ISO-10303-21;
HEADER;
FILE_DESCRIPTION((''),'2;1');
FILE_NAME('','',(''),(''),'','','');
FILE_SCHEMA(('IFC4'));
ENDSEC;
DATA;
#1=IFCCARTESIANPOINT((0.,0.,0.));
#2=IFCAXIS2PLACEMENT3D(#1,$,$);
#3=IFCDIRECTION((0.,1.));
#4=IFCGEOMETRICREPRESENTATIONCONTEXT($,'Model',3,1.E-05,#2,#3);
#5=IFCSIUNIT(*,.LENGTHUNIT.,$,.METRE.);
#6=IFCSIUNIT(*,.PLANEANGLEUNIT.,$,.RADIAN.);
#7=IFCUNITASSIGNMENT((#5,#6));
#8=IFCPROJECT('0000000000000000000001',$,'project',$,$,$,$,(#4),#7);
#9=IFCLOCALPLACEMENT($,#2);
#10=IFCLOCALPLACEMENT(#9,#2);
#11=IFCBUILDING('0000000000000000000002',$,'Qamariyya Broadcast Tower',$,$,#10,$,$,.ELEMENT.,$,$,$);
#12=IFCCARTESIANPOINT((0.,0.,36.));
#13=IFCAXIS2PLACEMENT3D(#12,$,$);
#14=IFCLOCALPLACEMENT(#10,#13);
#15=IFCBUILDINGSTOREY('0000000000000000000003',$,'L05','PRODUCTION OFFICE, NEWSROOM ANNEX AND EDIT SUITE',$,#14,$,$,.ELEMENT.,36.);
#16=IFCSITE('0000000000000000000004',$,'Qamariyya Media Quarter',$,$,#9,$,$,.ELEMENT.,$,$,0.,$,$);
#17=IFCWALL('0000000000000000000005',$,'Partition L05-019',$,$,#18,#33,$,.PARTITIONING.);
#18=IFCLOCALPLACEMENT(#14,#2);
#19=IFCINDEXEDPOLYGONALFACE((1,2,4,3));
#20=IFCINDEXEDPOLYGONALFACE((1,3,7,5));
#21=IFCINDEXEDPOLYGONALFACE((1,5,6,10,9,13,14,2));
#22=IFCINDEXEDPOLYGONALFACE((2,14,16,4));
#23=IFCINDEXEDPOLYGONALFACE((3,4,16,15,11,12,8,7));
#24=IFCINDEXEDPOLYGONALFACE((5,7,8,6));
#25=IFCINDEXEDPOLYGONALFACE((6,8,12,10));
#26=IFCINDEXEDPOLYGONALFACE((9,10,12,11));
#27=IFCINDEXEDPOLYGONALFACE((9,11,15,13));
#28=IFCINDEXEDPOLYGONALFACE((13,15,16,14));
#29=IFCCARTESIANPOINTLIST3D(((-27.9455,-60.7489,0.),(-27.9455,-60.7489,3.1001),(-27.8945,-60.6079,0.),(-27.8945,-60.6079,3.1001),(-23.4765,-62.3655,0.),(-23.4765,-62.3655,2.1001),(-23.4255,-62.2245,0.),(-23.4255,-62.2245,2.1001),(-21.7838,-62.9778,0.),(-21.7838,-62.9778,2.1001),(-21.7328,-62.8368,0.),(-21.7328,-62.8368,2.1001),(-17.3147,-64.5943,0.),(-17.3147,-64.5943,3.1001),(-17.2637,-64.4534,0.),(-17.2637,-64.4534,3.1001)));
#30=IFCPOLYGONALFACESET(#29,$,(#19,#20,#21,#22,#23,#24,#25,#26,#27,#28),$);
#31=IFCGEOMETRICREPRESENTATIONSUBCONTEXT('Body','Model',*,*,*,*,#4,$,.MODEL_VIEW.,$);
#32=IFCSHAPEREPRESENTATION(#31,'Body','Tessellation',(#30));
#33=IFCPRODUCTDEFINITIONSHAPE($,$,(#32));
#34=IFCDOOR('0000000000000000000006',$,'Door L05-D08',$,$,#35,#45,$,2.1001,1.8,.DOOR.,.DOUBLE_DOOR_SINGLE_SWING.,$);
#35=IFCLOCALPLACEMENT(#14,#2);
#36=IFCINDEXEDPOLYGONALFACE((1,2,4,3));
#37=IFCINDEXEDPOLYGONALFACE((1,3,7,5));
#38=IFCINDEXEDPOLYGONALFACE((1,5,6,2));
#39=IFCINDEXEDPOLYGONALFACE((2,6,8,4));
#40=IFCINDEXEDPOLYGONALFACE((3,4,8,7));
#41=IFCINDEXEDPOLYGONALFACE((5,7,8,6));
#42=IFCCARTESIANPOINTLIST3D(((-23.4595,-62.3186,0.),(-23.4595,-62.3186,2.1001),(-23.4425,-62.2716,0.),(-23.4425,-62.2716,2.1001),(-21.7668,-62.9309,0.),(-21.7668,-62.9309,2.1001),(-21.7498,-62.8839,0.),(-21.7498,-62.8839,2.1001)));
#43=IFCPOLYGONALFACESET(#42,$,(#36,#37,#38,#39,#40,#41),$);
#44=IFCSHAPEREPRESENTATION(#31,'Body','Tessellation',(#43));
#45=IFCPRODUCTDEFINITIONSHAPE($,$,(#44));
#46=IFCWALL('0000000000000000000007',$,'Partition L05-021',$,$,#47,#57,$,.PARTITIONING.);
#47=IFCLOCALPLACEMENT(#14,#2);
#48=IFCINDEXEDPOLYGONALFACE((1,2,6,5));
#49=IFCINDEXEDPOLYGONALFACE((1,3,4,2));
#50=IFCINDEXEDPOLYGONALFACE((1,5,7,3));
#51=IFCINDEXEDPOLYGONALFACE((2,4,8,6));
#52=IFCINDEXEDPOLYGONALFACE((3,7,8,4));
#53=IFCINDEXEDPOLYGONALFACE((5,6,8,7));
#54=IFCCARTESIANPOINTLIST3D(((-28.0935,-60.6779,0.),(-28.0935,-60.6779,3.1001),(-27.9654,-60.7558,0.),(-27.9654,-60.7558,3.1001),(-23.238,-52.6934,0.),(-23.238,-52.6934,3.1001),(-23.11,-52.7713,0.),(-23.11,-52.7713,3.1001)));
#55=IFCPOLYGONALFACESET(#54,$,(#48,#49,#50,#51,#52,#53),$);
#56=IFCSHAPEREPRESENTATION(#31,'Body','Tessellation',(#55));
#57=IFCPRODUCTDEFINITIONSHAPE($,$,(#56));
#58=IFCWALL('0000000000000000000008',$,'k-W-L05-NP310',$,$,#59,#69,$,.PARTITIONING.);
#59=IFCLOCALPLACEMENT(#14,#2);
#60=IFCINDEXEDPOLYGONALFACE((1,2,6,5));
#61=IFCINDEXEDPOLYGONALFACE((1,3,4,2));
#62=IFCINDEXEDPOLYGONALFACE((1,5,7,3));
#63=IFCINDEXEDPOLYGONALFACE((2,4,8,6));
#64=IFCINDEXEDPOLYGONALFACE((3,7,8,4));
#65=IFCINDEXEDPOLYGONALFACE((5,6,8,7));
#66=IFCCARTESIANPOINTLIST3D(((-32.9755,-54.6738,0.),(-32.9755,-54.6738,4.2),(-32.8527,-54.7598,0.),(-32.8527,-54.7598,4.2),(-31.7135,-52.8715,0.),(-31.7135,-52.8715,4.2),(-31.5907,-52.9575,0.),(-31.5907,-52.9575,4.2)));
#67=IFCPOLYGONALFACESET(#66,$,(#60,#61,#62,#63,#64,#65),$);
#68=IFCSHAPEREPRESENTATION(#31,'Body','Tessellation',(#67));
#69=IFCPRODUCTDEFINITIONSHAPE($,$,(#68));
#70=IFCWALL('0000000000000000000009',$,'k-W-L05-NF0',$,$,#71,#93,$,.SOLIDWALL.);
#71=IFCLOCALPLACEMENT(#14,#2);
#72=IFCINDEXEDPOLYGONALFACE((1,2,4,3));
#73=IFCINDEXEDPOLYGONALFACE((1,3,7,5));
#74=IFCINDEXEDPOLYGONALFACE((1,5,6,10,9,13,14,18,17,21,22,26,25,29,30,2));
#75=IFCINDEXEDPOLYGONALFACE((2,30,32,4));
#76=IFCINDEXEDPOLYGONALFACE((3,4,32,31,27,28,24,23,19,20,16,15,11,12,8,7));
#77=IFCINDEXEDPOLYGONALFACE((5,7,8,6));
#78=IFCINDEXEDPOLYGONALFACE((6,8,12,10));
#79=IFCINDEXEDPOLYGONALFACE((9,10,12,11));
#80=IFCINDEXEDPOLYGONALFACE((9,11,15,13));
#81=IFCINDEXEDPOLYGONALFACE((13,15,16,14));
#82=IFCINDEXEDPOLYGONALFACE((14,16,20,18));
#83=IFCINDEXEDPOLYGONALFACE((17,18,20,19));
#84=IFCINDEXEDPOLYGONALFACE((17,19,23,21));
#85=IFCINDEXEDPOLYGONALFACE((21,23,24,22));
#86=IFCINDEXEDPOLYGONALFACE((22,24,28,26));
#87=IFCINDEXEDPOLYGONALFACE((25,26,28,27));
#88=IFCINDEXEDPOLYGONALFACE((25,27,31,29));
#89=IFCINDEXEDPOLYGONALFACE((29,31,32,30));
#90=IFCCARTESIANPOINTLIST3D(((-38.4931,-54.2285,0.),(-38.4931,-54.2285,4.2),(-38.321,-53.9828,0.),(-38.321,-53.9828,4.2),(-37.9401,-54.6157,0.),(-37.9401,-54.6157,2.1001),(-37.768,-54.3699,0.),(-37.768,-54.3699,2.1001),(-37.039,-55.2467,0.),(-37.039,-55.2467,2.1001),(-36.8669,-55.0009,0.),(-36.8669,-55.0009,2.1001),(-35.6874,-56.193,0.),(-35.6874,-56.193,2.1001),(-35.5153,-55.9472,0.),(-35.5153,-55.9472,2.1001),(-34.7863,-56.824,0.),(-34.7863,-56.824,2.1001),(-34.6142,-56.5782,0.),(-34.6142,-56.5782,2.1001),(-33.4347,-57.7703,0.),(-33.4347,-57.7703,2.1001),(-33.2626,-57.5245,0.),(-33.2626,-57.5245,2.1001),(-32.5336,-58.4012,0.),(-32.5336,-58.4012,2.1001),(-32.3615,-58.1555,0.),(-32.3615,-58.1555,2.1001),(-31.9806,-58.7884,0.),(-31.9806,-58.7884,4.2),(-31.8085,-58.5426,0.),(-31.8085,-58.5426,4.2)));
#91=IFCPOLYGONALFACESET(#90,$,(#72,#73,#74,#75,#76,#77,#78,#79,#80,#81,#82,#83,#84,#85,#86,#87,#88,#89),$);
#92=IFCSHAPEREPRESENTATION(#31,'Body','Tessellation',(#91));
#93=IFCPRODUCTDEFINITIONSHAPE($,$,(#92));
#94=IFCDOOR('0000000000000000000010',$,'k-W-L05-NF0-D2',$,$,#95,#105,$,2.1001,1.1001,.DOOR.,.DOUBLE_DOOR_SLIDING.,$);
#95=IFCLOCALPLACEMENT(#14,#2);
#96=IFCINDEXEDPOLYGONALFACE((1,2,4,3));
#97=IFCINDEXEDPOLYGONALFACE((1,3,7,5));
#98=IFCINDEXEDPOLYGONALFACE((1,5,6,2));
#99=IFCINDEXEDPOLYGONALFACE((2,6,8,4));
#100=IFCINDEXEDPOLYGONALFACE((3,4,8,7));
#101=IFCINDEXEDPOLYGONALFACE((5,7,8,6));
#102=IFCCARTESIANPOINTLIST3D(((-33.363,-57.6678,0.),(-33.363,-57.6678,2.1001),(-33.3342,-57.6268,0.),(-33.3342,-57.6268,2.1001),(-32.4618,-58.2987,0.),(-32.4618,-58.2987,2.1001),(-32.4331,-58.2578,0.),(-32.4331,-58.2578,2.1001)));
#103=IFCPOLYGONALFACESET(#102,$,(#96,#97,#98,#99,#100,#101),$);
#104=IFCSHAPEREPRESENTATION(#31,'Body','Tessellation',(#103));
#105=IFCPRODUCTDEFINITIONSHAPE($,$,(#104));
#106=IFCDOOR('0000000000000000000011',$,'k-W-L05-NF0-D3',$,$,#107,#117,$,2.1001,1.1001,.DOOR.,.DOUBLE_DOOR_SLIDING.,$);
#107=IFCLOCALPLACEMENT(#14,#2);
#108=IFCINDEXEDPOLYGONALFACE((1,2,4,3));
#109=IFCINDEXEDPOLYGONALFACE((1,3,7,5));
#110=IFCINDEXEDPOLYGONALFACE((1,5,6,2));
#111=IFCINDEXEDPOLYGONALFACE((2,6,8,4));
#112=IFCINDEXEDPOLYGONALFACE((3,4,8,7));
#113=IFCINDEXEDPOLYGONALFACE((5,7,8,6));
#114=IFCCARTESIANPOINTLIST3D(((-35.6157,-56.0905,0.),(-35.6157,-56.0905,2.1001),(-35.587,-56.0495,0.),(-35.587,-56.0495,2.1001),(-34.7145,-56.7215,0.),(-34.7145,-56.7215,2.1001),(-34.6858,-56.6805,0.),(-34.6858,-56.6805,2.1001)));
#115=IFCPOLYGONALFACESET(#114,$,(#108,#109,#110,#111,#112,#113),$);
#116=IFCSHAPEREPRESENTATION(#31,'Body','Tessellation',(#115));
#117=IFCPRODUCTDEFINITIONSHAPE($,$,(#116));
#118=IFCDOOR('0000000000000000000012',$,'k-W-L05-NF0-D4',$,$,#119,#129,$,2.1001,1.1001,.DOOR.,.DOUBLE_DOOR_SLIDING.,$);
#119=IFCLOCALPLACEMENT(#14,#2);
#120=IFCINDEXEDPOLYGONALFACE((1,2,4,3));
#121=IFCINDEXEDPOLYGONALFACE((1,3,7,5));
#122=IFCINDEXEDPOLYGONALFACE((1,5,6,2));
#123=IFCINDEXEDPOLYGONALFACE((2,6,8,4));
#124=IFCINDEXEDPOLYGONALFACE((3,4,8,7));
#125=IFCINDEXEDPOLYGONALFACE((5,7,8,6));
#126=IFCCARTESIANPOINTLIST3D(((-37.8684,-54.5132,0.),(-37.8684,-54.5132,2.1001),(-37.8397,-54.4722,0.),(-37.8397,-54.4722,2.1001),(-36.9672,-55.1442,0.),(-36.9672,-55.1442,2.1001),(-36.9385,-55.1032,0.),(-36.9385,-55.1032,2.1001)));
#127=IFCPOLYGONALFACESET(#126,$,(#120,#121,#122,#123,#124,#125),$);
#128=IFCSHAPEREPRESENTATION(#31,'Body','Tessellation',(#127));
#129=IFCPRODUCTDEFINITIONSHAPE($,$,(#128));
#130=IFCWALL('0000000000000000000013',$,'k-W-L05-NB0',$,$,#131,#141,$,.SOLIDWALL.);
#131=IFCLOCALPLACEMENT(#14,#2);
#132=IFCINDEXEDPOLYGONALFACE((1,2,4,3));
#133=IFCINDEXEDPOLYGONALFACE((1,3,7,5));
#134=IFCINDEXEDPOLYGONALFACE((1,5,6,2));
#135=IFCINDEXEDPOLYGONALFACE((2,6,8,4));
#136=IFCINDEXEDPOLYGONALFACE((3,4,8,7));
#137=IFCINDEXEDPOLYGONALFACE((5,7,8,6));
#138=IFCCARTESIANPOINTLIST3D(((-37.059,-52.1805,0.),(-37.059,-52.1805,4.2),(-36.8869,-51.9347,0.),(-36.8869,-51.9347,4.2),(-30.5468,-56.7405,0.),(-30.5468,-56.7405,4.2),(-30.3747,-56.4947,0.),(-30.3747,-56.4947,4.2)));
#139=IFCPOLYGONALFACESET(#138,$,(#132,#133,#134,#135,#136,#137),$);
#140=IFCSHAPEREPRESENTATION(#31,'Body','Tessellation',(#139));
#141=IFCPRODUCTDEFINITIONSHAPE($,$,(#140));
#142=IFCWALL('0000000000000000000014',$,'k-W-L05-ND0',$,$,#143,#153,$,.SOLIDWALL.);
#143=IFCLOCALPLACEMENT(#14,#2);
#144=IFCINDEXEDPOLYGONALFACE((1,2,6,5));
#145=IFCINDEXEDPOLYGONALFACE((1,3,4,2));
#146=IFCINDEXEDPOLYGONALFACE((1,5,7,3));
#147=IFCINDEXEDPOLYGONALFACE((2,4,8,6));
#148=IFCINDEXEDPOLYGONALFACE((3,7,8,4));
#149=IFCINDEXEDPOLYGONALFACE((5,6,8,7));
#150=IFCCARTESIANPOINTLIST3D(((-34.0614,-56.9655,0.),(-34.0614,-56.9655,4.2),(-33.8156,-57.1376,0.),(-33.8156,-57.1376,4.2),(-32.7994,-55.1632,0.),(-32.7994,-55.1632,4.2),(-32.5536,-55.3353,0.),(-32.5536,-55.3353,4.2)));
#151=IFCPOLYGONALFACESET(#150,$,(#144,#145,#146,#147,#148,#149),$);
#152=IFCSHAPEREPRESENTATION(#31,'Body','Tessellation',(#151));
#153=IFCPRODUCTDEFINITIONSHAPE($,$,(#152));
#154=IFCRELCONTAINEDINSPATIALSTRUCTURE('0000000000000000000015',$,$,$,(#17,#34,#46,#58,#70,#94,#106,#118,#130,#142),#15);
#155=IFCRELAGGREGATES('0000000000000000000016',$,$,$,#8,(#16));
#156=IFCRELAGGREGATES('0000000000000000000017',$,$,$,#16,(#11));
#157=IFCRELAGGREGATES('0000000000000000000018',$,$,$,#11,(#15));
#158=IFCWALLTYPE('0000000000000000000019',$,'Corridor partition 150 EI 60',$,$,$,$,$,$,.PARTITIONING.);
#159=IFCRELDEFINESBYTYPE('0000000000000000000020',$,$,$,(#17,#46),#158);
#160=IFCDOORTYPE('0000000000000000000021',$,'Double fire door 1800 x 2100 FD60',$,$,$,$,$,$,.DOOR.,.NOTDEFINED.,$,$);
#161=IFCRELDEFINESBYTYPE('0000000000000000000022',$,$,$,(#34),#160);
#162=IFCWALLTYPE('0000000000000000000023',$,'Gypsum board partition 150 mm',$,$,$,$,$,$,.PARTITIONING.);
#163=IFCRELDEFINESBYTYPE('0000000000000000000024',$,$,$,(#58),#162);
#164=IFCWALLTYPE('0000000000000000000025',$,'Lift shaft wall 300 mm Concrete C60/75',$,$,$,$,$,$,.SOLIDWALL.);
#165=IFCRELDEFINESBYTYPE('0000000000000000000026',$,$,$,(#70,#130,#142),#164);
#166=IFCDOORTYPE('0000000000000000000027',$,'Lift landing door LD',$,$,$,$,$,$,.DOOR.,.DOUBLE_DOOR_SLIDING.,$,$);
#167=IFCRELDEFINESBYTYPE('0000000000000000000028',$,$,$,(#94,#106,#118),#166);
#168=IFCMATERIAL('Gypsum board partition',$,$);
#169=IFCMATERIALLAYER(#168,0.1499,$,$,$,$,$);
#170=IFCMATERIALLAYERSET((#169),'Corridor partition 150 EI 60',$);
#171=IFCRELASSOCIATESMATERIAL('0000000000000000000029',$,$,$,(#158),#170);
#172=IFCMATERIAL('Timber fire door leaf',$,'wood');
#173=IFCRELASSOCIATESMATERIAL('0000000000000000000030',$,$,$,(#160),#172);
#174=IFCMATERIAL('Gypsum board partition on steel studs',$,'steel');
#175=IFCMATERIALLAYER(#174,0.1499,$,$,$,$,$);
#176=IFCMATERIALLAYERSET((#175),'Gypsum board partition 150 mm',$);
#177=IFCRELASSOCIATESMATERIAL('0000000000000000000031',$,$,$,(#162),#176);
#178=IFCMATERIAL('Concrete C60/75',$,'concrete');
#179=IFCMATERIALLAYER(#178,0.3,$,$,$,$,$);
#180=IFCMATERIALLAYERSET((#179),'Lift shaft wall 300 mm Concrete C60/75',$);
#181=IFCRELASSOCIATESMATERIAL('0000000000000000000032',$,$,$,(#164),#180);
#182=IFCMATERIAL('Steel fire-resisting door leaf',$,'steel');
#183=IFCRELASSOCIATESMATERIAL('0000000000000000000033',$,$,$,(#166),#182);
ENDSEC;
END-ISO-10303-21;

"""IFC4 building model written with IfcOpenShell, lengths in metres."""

from ifc_helpers import new_model, si_unit, direction, frame, frame_2d, origin, place, context, subcontext, project, spatial, rectangle, extrude, material, layer, layer_set, type_object, element, fill, save


model = new_model("IFC4")

# Units and contexts
model_context = context("Model", 3, precision=1e-05, world=origin(), true_north=direction((0.0, 1.0)))
body_context = subcontext(model_context, "Body", "Model", "MODEL_VIEW")
ifc_project = project(units=[si_unit("LENGTHUNIT", "METRE"), si_unit("PLANEANGLEUNIT", "RADIAN")], contexts=[model_context])

# Site, building, storey
site_placement = place(None, origin())
site = spatial("IfcSite", under=ifc_project, at=site_placement, Name="Qamariyya Media Quarter", CompositionType="ELEMENT", RefElevation=0.0)
building_placement = place(site_placement, origin())
building = spatial("IfcBuilding", under=site, at=building_placement, Name="Qamariyya Broadcast Tower", CompositionType="ELEMENT")
storey_placement = place(building_placement, frame((0.0, 0.0, 36.0)))
storey = spatial("IfcBuildingStorey", under=building, at=storey_placement, Name="L05", Description="PRODUCTION OFFICE, NEWSROOM ANNEX AND EDIT SUITE", CompositionType="ELEMENT", Elevation=36.0)

# Shared definitions
ifc_material_1 = material(Name="Steel fire-resisting door leaf", Category="steel")

# Wall, opening, door
ifc_material_2 = material(Name="Gypsum board partition")
ifc_layer_1 = layer(ifc_material_2, 0.1499)
ifc_layer_set_1 = layer_set([ifc_layer_1], Name="Corridor partition 150 EI 60")
wall_type_1 = type_object("IfcWallType", Name="Corridor partition 150 EI 60", PredefinedType="PARTITIONING", material=ifc_layer_set_1)
wall_1_placement = place(storey_placement, frame((-27.9199, -60.6785, 0.0), z_axis=(0.0, 0.0, 1.0), x_axis=(0.940369, -0.340156, 0.0)))
wall_1 = element("IfcWall", 1, at=wall_1_placement, inside=storey, type_object=wall_type_1, Name="Partition L05-019", PredefinedType="PARTITIONING", context=body_context, shape_type="SweptSolid", body=[
    extrude(rectangle(XDim=11.3049, YDim=0.1499, at=frame_2d((5.6523, 0.0))), origin(), (0.0, 0.0, 1.0), 3.1001),
])
opening_1_placement = place(wall_1_placement, frame((4.7524, 0.0, 0.0)))
opening_1 = element("IfcOpeningElement", 2, at=opening_1_placement, cuts=wall_1, PredefinedType="OPENING", context=body_context, shape_type="SweptSolid", body=[
    extrude(rectangle(XDim=1.8, YDim=2.1001, at=frame_2d((0.8999, 1.05))), frame((0.0, 0.085, 0.0), z_axis=(0.0, -1.0, 0.0), x_axis=(1.0, 0.0, 0.0)), (0.0, 0.0, 1.0), 0.1699),
])
ifc_material_3 = material(Name="Timber fire door leaf", Category="wood")
door_type_1 = type_object("IfcDoorType", Name="Double fire door 1800 x 2100 FD60", OperationType="NOTDEFINED", PredefinedType="DOOR", material=ifc_material_3)
door_1_placement = place(opening_1_placement, origin())
door_1 = element("IfcDoor", 3, at=door_1_placement, inside=storey, type_object=door_type_1, Name="Door L05-D08", OperationType="DOUBLE_DOOR_SINGLE_SWING", OverallHeight=2.1001, OverallWidth=1.8, PredefinedType="DOOR", context=body_context, shape_type="SweptSolid", body=[
    extrude(rectangle(XDim=1.8, YDim=2.1001, at=frame_2d((0.8999, 1.05))), frame((0.0, 0.0249, 0.0), z_axis=(0.0, -1.0, 0.0), x_axis=(1.0, 0.0, 0.0)), (0.0, 0.0, 1.0), 0.05),
])
fill(opening_1, door_1)

# Walls
wall_2_placement = place(storey_placement, frame((-23.1741, -52.7324, 0.0), z_axis=(0.0, 0.0, 1.0), x_axis=(-0.519577, -0.854423, 0.0)))
element("IfcWall", 4, at=wall_2_placement, inside=storey, type_object=wall_type_1, Name="Partition L05-021", PredefinedType="PARTITIONING", context=body_context, shape_type="SweptSolid", body=[
    extrude(rectangle(XDim=9.345, YDim=0.1499, at=frame_2d((4.6724, 0.0))), origin(), (0.0, 0.0, 1.0), 3.1001),
])
ifc_material_4 = material(Name="Gypsum board partition on steel studs", Category="steel")
ifc_layer_2 = layer(ifc_material_4, 0.1499)
ifc_layer_set_2 = layer_set([ifc_layer_2], Name="Gypsum board partition 150 mm")
wall_type_2 = type_object("IfcWallType", Name="Gypsum board partition 150 mm", PredefinedType="PARTITIONING", material=ifc_layer_set_2)
wall_3_placement = place(storey_placement, frame((-32.9141, -54.7168, 0.0), z_axis=(0.0, 0.0, 1.0), x_axis=(0.573581, 0.819149, 0.0)))
element("IfcWall", 5, at=wall_3_placement, inside=storey, type_object=wall_type_2, Name="k-W-L05-NP310", PredefinedType="PARTITIONING", context=body_context, shape_type="SweptSolid", body=[
    extrude(rectangle(XDim=2.2002, YDim=0.1499, at=frame_2d((1.1001, 0.0))), origin(), (0.0, 0.0, 1.0), 4.2),
])

# Wall, openings, doors
ifc_material_5 = material(Name="Concrete C60/75", Category="concrete")
ifc_layer_3 = layer(ifc_material_5, 0.3)
ifc_layer_set_3 = layer_set([ifc_layer_3], Name="Lift shaft wall 300 mm Concrete C60/75")
wall_type_3 = type_object("IfcWallType", Name="Lift shaft wall 300 mm Concrete C60/75", PredefinedType="SOLIDWALL", material=ifc_layer_set_3)
wall_4_placement = place(storey_placement, frame((-31.8945, -58.6655, 0.0), z_axis=(0.0, 0.0, 1.0), x_axis=(-0.819167, 0.573555, 0.0)))
wall_4 = element("IfcWall", 6, at=wall_4_placement, inside=storey, type_object=wall_type_3, Name="k-W-L05-NF0", PredefinedType="SOLIDWALL", context=body_context, shape_type="SweptSolid", body=[
    extrude(rectangle(XDim=7.9502, YDim=0.3, at=frame_2d((3.9751, 0.0))), origin(), (0.0, 0.0, 1.0), 4.2),
])
opening_2_placement = place(wall_4_placement, frame((0.675, 0.0, 0.0)))
opening_2 = element("IfcOpeningElement", 7, at=opening_2_placement, cuts=wall_4, PredefinedType="OPENING", context=body_context, shape_type="SweptSolid", body=[
    extrude(rectangle(XDim=1.1001, YDim=2.1001, at=frame_2d((0.55, 1.05))), frame((0.0, 0.1599, 0.0), z_axis=(0.0, -1.0, 0.0), x_axis=(1.0, 0.0, 0.0)), (0.0, 0.0, 1.0), 0.3201),
])
opening_3_placement = place(wall_4_placement, frame((3.425, 0.0, 0.0)))
opening_3 = element("IfcOpeningElement", 8, at=opening_3_placement, cuts=wall_4, PredefinedType="OPENING", context=body_context, shape_type="SweptSolid", body=[
    extrude(rectangle(XDim=1.1001, YDim=2.1001, at=frame_2d((0.55, 1.05))), frame((0.0, 0.1599, 0.0), z_axis=(0.0, -1.0, 0.0), x_axis=(1.0, 0.0, 0.0)), (0.0, 0.0, 1.0), 0.3201),
])
opening_4_placement = place(wall_4_placement, frame((6.175, 0.0, 0.0)))
opening_4 = element("IfcOpeningElement", 9, at=opening_4_placement, cuts=wall_4, PredefinedType="OPENING", context=body_context, shape_type="SweptSolid", body=[
    extrude(rectangle(XDim=1.1001, YDim=2.1001, at=frame_2d((0.55, 1.05))), frame((0.0, 0.1599, 0.0), z_axis=(0.0, -1.0, 0.0), x_axis=(1.0, 0.0, 0.0)), (0.0, 0.0, 1.0), 0.3201),
])
door_type_2 = type_object("IfcDoorType", Name="Lift landing door LD", OperationType="DOUBLE_DOOR_SLIDING", PredefinedType="DOOR", material=ifc_material_1)
door_2_placement = place(opening_2_placement, origin())
door_2 = element("IfcDoor", 10, at=door_2_placement, inside=storey, type_object=door_type_2, Name="k-W-L05-NF0-D2", OperationType="DOUBLE_DOOR_SLIDING", OverallHeight=2.1001, OverallWidth=1.1001, PredefinedType="DOOR", context=body_context, shape_type="SweptSolid", body=[
    extrude(rectangle(XDim=1.1001, YDim=2.1001, at=frame_2d((0.55, 1.05))), frame((0.0, 0.0249, 0.0), z_axis=(0.0, -1.0, 0.0), x_axis=(1.0, 0.0, 0.0)), (0.0, 0.0, 1.0), 0.05),
])
fill(opening_2, door_2)
door_3_placement = place(opening_3_placement, origin())
door_3 = element("IfcDoor", 11, at=door_3_placement, inside=storey, type_object=door_type_2, Name="k-W-L05-NF0-D3", OperationType="DOUBLE_DOOR_SLIDING", OverallHeight=2.1001, OverallWidth=1.1001, PredefinedType="DOOR", context=body_context, shape_type="SweptSolid", body=[
    extrude(rectangle(XDim=1.1001, YDim=2.1001, at=frame_2d((0.55, 1.05))), frame((0.0, 0.0249, 0.0), z_axis=(0.0, -1.0, 0.0), x_axis=(1.0, 0.0, 0.0)), (0.0, 0.0, 1.0), 0.05),
])
fill(opening_3, door_3)
door_4_placement = place(opening_4_placement, origin())
door_4 = element("IfcDoor", 12, at=door_4_placement, inside=storey, type_object=door_type_2, Name="k-W-L05-NF0-D4", OperationType="DOUBLE_DOOR_SLIDING", OverallHeight=2.1001, OverallWidth=1.1001, PredefinedType="DOOR", context=body_context, shape_type="SweptSolid", body=[
    extrude(rectangle(XDim=1.1001, YDim=2.1001, at=frame_2d((0.55, 1.05))), frame((0.0, 0.0249, 0.0), z_axis=(0.0, -1.0, 0.0), x_axis=(1.0, 0.0, 0.0)), (0.0, 0.0, 1.0), 0.05),
])
fill(opening_4, door_4)

# Walls
wall_5_placement = place(storey_placement, frame((-30.4607, -56.6177, 0.0), z_axis=(0.0, 0.0, 1.0), x_axis=(-0.819142, 0.57359, 0.0)))
element("IfcWall", 13, at=wall_5_placement, inside=storey, type_object=wall_type_3, Name="k-W-L05-NB0", PredefinedType="SOLIDWALL", context=body_context, shape_type="SweptSolid", body=[
    extrude(rectangle(XDim=7.95, YDim=0.3, at=frame_2d((3.9751, 0.0))), origin(), (0.0, 0.0, 1.0), 4.2),
])
wall_6_placement = place(storey_placement, frame((-33.9385, -57.0515, 0.0), z_axis=(0.0, 0.0, 1.0), x_axis=(0.573581, 0.819149, 0.0)))
element("IfcWall", 14, at=wall_6_placement, inside=storey, type_object=wall_type_3, Name="k-W-L05-ND0", PredefinedType="SOLIDWALL", context=body_context, shape_type="SweptSolid", body=[
    extrude(rectangle(XDim=2.2002, YDim=0.3, at=frame_2d((1.1001, 0.0))), origin(), (0.0, 0.0, 1.0), 4.2),
])

save(model, "model.ifc")
